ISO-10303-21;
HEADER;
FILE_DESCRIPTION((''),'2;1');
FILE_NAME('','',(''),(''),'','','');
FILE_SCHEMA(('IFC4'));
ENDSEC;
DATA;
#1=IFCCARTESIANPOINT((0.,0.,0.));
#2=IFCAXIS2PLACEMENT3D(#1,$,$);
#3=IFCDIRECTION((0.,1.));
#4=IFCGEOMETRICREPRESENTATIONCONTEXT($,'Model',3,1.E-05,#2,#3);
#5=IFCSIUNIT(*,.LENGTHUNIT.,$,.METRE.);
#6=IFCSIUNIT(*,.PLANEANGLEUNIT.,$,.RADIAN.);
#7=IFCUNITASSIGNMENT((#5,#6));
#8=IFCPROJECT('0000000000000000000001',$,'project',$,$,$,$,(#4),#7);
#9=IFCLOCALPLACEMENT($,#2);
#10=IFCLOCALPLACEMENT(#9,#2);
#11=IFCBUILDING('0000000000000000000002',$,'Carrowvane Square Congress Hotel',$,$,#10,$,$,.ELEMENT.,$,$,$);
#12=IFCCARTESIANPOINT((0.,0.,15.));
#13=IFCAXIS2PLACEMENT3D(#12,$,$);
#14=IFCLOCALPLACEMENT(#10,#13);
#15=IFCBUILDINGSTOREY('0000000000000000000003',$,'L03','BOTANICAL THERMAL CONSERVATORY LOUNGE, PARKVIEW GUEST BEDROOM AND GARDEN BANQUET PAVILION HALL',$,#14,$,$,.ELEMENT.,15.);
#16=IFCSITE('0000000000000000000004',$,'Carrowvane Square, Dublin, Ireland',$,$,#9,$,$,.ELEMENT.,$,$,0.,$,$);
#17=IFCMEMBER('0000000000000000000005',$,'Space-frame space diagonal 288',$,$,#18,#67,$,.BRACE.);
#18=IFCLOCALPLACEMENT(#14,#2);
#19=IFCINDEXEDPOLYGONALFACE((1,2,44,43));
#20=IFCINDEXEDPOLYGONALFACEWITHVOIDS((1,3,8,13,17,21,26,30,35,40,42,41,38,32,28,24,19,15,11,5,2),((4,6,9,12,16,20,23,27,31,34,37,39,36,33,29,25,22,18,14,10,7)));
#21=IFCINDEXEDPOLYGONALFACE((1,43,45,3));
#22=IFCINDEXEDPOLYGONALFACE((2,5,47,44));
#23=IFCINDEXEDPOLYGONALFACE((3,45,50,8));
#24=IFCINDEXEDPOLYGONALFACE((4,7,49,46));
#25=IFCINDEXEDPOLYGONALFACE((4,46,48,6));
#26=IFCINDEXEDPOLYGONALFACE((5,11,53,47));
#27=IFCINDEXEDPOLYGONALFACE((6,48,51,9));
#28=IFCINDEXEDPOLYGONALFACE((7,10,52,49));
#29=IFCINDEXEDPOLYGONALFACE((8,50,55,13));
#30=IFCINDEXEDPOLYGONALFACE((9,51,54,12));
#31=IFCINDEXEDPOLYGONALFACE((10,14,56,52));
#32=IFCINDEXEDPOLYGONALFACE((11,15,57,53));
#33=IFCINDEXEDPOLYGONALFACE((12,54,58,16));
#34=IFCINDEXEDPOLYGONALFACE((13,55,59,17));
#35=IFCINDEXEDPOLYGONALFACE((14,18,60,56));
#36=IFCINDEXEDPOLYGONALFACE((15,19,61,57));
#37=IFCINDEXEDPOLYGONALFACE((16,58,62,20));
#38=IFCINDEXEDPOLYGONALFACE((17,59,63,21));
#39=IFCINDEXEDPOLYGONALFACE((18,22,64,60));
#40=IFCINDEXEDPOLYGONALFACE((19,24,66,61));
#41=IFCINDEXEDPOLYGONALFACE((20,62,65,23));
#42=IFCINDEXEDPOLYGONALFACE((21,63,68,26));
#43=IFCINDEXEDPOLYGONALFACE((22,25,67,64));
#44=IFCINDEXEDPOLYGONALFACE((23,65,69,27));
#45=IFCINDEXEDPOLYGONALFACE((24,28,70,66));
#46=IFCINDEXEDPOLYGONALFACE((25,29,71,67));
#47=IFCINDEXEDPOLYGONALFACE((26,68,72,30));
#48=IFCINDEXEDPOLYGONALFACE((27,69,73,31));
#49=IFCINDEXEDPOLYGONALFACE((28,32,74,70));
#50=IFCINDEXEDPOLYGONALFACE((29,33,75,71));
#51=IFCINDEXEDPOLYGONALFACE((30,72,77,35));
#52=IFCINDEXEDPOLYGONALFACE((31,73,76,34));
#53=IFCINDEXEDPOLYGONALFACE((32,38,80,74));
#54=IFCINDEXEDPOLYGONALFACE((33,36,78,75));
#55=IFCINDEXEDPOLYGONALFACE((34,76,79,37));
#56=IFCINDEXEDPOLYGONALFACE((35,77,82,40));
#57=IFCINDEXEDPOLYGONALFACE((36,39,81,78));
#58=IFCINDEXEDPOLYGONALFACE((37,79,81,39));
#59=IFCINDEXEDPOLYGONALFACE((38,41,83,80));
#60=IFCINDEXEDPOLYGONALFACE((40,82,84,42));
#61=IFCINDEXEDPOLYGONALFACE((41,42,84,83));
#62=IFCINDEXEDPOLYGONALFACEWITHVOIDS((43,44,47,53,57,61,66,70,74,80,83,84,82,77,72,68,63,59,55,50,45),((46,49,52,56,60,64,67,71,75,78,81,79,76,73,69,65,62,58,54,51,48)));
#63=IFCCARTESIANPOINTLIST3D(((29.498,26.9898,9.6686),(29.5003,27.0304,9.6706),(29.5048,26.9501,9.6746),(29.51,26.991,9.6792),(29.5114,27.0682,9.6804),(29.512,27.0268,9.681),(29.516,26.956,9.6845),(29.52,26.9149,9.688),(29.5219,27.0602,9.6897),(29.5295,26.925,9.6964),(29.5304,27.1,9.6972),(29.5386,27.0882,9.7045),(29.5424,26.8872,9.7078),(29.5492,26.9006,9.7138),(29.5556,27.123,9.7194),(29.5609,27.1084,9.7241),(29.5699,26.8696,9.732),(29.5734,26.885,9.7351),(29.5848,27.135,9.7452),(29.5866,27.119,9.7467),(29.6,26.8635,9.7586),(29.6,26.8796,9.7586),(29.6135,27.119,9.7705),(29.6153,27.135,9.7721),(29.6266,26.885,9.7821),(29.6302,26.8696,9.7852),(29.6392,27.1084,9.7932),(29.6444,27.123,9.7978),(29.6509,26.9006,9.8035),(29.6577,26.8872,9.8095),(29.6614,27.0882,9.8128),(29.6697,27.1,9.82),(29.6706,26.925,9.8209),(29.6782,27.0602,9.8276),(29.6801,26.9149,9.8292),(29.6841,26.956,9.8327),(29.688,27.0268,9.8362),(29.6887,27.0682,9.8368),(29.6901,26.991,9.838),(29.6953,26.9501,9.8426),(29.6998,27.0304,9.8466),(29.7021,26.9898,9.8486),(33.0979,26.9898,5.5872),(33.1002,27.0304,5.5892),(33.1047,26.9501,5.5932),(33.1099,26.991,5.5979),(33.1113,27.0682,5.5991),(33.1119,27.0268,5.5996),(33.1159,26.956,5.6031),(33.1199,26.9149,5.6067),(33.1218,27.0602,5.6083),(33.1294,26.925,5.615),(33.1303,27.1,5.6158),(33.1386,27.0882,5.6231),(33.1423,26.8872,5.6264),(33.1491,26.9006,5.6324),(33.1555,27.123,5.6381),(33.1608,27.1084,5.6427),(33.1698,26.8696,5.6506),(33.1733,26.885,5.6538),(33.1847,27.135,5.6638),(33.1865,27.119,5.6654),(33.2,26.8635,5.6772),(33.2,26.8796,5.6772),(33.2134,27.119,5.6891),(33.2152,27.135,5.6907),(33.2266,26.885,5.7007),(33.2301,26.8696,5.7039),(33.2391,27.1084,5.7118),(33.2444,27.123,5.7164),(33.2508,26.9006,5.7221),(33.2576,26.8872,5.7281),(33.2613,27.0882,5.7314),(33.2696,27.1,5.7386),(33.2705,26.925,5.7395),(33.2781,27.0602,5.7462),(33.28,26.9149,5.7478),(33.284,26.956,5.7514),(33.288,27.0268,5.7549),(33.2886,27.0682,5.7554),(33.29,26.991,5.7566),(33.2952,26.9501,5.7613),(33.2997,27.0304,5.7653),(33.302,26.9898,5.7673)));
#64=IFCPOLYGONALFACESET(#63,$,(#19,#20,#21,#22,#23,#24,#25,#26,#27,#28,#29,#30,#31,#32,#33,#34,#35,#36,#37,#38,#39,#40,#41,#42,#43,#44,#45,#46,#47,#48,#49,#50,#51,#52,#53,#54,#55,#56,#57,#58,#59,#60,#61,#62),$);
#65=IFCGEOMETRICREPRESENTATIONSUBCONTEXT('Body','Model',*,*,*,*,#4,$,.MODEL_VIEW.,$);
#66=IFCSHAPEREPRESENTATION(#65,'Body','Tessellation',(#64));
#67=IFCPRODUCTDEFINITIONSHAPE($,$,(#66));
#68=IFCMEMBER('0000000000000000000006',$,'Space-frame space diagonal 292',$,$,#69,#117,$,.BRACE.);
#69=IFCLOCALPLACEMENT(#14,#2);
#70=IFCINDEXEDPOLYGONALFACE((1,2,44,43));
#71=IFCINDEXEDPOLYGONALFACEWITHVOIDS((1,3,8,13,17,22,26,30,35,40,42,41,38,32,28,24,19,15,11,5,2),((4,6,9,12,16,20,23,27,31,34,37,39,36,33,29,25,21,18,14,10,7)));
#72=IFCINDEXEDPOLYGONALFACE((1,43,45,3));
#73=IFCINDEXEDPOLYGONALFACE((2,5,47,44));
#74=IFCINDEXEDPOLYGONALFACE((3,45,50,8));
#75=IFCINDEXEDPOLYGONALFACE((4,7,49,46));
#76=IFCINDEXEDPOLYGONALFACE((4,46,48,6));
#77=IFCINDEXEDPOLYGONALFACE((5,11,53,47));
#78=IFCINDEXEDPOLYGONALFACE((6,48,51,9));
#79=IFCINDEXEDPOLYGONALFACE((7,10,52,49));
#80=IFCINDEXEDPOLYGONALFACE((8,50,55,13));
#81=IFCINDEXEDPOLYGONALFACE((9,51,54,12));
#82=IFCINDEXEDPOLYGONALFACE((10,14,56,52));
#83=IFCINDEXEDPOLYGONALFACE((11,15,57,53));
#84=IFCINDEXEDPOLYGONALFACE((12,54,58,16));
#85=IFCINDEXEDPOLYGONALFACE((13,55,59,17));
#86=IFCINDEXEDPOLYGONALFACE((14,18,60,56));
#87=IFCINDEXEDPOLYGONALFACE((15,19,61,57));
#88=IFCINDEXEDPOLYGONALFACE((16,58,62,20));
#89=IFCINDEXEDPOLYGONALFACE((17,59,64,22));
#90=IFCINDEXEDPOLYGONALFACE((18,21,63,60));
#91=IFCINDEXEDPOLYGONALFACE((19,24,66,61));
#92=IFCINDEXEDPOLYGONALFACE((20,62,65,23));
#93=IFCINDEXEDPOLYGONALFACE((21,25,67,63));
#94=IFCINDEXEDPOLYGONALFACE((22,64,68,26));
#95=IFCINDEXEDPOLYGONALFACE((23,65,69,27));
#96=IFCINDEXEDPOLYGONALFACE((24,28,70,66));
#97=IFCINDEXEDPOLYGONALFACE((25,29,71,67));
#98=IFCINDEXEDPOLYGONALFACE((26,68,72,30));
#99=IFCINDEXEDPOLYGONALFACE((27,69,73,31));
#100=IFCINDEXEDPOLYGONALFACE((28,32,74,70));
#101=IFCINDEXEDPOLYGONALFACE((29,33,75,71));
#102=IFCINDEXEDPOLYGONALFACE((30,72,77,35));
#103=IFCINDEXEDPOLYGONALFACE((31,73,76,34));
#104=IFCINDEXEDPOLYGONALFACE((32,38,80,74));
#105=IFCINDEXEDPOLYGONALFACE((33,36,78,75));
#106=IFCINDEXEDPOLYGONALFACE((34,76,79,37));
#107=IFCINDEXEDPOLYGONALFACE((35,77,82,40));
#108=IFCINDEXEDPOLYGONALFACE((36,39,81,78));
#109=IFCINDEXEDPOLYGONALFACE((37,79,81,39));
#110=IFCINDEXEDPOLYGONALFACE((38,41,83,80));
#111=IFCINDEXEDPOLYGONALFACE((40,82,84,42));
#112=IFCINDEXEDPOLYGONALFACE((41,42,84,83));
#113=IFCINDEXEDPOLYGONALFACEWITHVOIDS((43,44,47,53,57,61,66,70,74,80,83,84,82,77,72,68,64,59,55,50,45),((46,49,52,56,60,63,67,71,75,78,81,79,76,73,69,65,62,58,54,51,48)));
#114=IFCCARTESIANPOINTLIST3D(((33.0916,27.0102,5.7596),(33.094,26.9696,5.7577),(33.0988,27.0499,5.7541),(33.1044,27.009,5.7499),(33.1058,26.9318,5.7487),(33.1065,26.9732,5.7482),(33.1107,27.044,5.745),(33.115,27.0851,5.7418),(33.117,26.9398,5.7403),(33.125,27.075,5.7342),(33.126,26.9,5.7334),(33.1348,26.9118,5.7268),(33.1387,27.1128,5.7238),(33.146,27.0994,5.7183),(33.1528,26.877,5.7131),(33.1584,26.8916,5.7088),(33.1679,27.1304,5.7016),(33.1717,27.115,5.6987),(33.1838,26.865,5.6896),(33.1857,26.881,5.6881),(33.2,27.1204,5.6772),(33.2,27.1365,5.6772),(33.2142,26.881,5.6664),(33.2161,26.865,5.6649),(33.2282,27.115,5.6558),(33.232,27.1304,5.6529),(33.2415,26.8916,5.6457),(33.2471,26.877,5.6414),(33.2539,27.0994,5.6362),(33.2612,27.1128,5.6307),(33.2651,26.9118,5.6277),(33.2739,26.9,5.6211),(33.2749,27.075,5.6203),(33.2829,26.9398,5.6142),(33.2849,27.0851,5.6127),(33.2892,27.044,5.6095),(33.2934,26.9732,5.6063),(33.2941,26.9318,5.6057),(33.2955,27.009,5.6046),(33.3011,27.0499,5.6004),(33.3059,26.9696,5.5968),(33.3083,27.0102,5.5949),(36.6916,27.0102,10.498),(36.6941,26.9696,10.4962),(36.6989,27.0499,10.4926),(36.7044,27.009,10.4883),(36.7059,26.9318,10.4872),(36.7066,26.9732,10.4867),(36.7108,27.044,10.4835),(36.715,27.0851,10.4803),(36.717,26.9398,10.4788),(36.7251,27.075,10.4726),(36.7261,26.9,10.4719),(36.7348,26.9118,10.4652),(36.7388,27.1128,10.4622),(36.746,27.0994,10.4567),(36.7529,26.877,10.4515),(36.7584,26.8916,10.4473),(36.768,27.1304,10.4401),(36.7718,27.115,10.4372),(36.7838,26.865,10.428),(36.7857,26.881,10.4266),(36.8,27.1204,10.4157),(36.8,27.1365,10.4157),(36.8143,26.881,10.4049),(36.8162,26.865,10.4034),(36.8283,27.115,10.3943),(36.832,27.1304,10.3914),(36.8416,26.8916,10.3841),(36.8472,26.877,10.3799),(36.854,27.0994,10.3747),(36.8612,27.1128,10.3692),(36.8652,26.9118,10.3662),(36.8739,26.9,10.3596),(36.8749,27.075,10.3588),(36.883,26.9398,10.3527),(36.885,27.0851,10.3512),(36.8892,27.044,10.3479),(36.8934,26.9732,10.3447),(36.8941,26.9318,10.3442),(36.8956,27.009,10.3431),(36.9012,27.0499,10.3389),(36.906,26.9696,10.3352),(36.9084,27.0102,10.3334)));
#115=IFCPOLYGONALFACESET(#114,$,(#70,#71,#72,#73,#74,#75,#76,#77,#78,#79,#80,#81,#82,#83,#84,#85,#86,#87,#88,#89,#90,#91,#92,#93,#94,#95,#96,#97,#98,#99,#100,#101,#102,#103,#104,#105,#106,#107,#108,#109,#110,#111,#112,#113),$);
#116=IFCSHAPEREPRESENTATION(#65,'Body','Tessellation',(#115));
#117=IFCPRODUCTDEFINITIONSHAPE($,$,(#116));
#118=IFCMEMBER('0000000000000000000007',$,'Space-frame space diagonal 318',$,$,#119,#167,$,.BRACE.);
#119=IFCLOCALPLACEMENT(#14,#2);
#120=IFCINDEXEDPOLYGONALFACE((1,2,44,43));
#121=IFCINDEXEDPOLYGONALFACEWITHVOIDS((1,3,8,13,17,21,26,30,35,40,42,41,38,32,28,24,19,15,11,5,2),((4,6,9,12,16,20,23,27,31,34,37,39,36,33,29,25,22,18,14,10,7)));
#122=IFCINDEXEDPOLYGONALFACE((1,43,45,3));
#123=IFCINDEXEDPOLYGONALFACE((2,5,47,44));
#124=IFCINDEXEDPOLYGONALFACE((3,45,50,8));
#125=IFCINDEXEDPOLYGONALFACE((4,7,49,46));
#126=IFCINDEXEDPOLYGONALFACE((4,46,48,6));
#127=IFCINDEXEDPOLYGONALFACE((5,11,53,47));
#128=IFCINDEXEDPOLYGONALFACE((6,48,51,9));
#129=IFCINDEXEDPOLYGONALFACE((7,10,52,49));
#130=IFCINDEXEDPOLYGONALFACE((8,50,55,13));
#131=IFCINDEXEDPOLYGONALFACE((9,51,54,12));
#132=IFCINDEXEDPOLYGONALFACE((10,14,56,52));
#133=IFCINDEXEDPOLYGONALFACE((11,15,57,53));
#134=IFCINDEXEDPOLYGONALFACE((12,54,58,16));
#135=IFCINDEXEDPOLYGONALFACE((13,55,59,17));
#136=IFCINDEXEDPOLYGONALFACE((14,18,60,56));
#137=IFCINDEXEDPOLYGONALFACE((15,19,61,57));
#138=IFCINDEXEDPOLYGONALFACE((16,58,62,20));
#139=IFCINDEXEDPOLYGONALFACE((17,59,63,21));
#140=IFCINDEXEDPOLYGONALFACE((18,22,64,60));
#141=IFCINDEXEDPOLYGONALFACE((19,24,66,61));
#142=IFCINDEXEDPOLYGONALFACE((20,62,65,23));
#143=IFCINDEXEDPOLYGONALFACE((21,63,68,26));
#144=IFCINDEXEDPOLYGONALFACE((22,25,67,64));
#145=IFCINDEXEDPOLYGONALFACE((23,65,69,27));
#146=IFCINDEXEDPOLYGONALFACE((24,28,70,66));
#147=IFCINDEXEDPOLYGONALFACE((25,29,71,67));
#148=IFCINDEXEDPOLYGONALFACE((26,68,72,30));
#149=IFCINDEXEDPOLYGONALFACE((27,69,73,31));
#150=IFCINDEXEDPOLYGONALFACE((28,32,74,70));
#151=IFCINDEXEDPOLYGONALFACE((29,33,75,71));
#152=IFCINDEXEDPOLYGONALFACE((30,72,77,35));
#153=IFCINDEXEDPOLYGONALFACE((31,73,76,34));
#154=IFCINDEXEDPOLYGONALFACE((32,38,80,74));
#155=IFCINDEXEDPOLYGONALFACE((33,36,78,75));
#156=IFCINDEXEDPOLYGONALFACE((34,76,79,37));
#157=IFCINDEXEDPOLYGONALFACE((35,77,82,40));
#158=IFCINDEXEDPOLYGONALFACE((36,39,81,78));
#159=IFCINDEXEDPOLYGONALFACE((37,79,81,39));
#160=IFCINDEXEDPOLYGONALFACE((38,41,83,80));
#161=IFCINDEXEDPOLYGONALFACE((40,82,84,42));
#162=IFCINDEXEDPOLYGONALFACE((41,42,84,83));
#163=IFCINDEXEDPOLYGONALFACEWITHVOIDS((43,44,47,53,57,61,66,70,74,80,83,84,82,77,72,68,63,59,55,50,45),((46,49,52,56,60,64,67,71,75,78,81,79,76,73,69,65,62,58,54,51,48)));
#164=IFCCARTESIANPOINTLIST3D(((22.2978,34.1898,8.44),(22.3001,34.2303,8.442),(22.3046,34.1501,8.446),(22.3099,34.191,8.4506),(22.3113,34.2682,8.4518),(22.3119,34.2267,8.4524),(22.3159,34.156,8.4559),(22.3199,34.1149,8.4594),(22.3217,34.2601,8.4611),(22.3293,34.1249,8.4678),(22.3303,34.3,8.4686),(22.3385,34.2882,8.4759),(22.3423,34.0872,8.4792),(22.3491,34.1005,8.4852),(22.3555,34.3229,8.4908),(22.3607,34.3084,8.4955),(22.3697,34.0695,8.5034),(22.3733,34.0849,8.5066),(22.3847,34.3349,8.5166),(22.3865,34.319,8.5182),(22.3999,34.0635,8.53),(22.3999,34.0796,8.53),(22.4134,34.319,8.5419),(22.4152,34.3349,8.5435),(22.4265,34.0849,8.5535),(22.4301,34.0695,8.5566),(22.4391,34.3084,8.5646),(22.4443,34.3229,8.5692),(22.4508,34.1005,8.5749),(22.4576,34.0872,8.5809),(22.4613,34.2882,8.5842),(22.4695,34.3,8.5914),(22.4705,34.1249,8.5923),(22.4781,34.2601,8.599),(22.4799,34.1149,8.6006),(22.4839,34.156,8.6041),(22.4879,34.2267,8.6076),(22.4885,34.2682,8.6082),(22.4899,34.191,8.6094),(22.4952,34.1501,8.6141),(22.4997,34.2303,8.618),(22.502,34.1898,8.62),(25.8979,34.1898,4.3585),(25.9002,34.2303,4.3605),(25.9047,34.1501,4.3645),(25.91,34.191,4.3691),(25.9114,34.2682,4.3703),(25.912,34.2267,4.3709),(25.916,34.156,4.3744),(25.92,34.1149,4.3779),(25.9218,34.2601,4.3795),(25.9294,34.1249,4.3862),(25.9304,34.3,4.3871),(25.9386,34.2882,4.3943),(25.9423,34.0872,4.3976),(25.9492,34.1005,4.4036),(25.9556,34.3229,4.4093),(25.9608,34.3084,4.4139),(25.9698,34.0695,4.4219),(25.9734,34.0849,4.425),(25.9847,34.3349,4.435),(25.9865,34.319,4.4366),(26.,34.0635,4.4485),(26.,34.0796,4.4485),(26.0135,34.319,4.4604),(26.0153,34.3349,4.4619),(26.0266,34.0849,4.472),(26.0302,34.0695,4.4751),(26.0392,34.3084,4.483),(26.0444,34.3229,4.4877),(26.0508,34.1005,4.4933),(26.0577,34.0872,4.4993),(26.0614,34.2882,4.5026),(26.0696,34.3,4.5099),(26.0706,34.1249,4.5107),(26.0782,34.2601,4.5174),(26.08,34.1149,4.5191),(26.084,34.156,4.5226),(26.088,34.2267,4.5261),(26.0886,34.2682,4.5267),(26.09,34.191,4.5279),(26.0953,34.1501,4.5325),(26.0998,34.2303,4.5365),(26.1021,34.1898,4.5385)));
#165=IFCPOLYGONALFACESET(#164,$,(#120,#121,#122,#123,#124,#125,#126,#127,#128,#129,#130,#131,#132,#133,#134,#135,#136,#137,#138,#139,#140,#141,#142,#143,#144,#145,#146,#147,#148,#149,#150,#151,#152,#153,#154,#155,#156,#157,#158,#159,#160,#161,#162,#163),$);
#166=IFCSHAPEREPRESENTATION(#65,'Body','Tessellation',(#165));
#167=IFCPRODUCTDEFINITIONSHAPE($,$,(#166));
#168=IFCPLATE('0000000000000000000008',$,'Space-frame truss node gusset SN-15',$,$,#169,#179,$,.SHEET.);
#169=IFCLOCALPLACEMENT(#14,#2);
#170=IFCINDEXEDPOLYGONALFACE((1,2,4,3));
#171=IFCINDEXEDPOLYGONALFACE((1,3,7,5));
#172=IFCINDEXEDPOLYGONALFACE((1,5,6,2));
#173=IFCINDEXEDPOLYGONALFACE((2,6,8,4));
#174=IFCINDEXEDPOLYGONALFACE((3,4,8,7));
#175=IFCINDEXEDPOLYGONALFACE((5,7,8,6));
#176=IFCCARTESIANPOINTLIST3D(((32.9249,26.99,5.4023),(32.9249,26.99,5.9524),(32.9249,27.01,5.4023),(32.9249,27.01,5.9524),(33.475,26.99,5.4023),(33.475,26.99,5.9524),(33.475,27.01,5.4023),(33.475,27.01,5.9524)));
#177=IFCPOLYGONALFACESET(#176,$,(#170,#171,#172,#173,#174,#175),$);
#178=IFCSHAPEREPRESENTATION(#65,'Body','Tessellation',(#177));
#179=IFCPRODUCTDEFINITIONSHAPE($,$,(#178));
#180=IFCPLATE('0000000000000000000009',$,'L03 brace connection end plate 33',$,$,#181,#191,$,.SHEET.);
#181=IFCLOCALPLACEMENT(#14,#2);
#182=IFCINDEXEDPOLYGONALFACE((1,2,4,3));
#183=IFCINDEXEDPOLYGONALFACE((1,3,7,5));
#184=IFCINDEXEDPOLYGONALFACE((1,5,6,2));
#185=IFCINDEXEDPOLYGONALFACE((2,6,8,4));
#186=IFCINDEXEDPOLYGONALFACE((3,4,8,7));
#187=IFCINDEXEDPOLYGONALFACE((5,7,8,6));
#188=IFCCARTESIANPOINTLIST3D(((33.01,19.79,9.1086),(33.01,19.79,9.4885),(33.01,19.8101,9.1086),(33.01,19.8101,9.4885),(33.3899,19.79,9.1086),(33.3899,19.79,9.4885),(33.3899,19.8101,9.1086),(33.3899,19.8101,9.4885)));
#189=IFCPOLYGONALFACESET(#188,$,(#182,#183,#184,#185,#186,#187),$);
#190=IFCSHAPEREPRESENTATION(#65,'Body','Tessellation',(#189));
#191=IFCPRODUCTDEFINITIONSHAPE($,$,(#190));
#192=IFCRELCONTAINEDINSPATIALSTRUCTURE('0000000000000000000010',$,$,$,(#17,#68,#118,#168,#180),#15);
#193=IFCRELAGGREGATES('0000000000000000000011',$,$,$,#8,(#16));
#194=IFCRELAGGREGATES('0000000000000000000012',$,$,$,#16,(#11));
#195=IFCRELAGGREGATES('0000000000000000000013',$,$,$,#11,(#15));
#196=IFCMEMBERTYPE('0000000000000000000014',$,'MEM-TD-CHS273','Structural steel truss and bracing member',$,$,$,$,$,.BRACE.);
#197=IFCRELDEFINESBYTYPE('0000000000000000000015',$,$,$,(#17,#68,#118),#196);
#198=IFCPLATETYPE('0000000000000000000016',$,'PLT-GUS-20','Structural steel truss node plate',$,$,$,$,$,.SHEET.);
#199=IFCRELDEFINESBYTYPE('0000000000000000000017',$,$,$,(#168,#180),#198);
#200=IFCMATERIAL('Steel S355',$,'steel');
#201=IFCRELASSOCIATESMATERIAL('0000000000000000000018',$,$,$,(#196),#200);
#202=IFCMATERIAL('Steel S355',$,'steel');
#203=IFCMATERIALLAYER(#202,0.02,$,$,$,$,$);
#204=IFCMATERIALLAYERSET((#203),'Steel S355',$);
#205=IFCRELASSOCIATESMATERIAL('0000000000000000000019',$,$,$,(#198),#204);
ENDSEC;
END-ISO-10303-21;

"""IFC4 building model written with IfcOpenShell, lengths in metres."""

from ifc_helpers import new_model, si_unit, direction, frame, origin, origin_2d, place, context, subcontext, project, spatial, rectangle, hollow_circle, extrude, material, layer, layer_set, material_profile, profile_set, type_object, element, save


model = new_model("IFC4")

# Units and contexts
model_context = context("Model", 3, precision=1e-05, world=origin(), true_north=direction((0.0, 1.0)))
body_context = subcontext(model_context, "Body", "Model", "MODEL_VIEW")
ifc_project = project(units=[si_unit("LENGTHUNIT", "METRE"), si_unit("PLANEANGLEUNIT", "RADIAN")], contexts=[model_context])

# Site, building, storey
site_placement = place(None, origin())
site = spatial("IfcSite", under=ifc_project, at=site_placement, Name="Carrowvane Square, Dublin, Ireland", CompositionType="ELEMENT", RefElevation=0.0)
building_placement = place(site_placement, origin())
building = spatial("IfcBuilding", under=site, at=building_placement, Name="Carrowvane Square Congress Hotel", CompositionType="ELEMENT")
storey_placement = place(building_placement, frame((0.0, 0.0, 15.0)))
storey = spatial("IfcBuildingStorey", under=building, at=storey_placement, Name="L03", Description="BOTANICAL THERMAL CONSERVATORY LOUNGE, PARKVIEW GUEST BEDROOM AND GARDEN BANQUET PAVILION HALL", CompositionType="ELEMENT", Elevation=15.0)

# Members
ifc_material_1 = material(Name="Steel S355", Category="steel")
ifc_material_profile_1 = material_profile(ifc_material_1, hollow_circle(Radius=0.1365, WallThickness=0.0161, at=origin_2d()), Name="CHS 273.0x16")
ifc_profile_set_1 = profile_set([ifc_material_profile_1], Name="Steel S355")
member_type_1 = type_object("IfcMemberType", Name="MEM-TD-CHS273", Description="Structural steel truss and bracing member", PredefinedType="BRACE", material=ifc_profile_set_1)
member_1_placement = place(storey_placement, frame((33.2, 27.0, 5.6772), z_axis=(-0.661488, 0.0, 0.749956), x_axis=(0.0, -1.0, 0.0)))
element("IfcMember", 1, at=member_1_placement, inside=storey, type_object=member_type_1, Name="Space-frame space diagonal 288", PredefinedType="BRACE", context=body_context, shape_type="SweptSolid", body=[
    extrude(hollow_circle(Radius=0.1365, WallThickness=0.0161, at=origin_2d()), origin(), (0.0, 0.0, 1.0), 5.4421),
])
member_2_placement = place(storey_placement, frame((33.2, 27.0, 5.6772), z_axis=(0.604957, 0.0, 0.796258), x_axis=(0.0, 1.0, 0.0)))
element("IfcMember", 2, at=member_2_placement, inside=storey, type_object=member_type_1, Name="Space-frame space diagonal 292", PredefinedType="BRACE", context=body_context, shape_type="SweptSolid", body=[
    extrude(hollow_circle(Radius=0.1365, WallThickness=0.0161, at=origin_2d()), origin(), (0.0, 0.0, 1.0), 5.9509),
])
member_3_placement = place(storey_placement, frame((26.0, 34.2, 4.4485), z_axis=(-0.661491, 0.0, 0.749953), x_axis=(0.0, -1.0, 0.0)))
element("IfcMember", 3, at=member_3_placement, inside=storey, type_object=member_type_1, Name="Space-frame space diagonal 318", PredefinedType="BRACE", context=body_context, shape_type="SweptSolid", body=[
    extrude(hollow_circle(Radius=0.1365, WallThickness=0.0161, at=origin_2d()), origin(), (0.0, 0.0, 1.0), 5.4424),
])

# Plates
ifc_material_2 = material(Name="Steel S355", Category="steel")
ifc_layer_1 = layer(ifc_material_2, 0.02)
ifc_layer_set_1 = layer_set([ifc_layer_1], Name="Steel S355")
plate_type_1 = type_object("IfcPlateType", Name="PLT-GUS-20", Description="Structural steel truss node plate", PredefinedType="SHEET", material=ifc_layer_set_1)
plate_1_placement = place(storey_placement, frame((33.2, 27.0, 5.4023), z_axis=(0.0, 0.0, 1.0), x_axis=(1.0, 0.0, 0.0)))
element("IfcPlate", 4, at=plate_1_placement, inside=storey, type_object=plate_type_1, Name="Space-frame truss node gusset SN-15", PredefinedType="SHEET", context=body_context, shape_type="SweptSolid", body=[
    extrude(rectangle(XDim=0.55, YDim=0.02, at=origin_2d()), origin(), (0.0, 0.0, 1.0), 0.55),
])
plate_2_placement = place(storey_placement, frame((33.2, 19.8, 9.1086), z_axis=(0.0, 0.0, 1.0), x_axis=(1.0, 0.0, 0.0)))
element("IfcPlate", 5, at=plate_2_placement, inside=storey, type_object=plate_type_1, Name="L03 brace connection end plate 33", PredefinedType="SHEET", context=body_context, shape_type="SweptSolid", body=[
    extrude(rectangle(XDim=0.3799, YDim=0.02, at=origin_2d()), origin(), (0.0, 0.0, 1.0), 0.3799),
])

save(model, "model.ifc")
